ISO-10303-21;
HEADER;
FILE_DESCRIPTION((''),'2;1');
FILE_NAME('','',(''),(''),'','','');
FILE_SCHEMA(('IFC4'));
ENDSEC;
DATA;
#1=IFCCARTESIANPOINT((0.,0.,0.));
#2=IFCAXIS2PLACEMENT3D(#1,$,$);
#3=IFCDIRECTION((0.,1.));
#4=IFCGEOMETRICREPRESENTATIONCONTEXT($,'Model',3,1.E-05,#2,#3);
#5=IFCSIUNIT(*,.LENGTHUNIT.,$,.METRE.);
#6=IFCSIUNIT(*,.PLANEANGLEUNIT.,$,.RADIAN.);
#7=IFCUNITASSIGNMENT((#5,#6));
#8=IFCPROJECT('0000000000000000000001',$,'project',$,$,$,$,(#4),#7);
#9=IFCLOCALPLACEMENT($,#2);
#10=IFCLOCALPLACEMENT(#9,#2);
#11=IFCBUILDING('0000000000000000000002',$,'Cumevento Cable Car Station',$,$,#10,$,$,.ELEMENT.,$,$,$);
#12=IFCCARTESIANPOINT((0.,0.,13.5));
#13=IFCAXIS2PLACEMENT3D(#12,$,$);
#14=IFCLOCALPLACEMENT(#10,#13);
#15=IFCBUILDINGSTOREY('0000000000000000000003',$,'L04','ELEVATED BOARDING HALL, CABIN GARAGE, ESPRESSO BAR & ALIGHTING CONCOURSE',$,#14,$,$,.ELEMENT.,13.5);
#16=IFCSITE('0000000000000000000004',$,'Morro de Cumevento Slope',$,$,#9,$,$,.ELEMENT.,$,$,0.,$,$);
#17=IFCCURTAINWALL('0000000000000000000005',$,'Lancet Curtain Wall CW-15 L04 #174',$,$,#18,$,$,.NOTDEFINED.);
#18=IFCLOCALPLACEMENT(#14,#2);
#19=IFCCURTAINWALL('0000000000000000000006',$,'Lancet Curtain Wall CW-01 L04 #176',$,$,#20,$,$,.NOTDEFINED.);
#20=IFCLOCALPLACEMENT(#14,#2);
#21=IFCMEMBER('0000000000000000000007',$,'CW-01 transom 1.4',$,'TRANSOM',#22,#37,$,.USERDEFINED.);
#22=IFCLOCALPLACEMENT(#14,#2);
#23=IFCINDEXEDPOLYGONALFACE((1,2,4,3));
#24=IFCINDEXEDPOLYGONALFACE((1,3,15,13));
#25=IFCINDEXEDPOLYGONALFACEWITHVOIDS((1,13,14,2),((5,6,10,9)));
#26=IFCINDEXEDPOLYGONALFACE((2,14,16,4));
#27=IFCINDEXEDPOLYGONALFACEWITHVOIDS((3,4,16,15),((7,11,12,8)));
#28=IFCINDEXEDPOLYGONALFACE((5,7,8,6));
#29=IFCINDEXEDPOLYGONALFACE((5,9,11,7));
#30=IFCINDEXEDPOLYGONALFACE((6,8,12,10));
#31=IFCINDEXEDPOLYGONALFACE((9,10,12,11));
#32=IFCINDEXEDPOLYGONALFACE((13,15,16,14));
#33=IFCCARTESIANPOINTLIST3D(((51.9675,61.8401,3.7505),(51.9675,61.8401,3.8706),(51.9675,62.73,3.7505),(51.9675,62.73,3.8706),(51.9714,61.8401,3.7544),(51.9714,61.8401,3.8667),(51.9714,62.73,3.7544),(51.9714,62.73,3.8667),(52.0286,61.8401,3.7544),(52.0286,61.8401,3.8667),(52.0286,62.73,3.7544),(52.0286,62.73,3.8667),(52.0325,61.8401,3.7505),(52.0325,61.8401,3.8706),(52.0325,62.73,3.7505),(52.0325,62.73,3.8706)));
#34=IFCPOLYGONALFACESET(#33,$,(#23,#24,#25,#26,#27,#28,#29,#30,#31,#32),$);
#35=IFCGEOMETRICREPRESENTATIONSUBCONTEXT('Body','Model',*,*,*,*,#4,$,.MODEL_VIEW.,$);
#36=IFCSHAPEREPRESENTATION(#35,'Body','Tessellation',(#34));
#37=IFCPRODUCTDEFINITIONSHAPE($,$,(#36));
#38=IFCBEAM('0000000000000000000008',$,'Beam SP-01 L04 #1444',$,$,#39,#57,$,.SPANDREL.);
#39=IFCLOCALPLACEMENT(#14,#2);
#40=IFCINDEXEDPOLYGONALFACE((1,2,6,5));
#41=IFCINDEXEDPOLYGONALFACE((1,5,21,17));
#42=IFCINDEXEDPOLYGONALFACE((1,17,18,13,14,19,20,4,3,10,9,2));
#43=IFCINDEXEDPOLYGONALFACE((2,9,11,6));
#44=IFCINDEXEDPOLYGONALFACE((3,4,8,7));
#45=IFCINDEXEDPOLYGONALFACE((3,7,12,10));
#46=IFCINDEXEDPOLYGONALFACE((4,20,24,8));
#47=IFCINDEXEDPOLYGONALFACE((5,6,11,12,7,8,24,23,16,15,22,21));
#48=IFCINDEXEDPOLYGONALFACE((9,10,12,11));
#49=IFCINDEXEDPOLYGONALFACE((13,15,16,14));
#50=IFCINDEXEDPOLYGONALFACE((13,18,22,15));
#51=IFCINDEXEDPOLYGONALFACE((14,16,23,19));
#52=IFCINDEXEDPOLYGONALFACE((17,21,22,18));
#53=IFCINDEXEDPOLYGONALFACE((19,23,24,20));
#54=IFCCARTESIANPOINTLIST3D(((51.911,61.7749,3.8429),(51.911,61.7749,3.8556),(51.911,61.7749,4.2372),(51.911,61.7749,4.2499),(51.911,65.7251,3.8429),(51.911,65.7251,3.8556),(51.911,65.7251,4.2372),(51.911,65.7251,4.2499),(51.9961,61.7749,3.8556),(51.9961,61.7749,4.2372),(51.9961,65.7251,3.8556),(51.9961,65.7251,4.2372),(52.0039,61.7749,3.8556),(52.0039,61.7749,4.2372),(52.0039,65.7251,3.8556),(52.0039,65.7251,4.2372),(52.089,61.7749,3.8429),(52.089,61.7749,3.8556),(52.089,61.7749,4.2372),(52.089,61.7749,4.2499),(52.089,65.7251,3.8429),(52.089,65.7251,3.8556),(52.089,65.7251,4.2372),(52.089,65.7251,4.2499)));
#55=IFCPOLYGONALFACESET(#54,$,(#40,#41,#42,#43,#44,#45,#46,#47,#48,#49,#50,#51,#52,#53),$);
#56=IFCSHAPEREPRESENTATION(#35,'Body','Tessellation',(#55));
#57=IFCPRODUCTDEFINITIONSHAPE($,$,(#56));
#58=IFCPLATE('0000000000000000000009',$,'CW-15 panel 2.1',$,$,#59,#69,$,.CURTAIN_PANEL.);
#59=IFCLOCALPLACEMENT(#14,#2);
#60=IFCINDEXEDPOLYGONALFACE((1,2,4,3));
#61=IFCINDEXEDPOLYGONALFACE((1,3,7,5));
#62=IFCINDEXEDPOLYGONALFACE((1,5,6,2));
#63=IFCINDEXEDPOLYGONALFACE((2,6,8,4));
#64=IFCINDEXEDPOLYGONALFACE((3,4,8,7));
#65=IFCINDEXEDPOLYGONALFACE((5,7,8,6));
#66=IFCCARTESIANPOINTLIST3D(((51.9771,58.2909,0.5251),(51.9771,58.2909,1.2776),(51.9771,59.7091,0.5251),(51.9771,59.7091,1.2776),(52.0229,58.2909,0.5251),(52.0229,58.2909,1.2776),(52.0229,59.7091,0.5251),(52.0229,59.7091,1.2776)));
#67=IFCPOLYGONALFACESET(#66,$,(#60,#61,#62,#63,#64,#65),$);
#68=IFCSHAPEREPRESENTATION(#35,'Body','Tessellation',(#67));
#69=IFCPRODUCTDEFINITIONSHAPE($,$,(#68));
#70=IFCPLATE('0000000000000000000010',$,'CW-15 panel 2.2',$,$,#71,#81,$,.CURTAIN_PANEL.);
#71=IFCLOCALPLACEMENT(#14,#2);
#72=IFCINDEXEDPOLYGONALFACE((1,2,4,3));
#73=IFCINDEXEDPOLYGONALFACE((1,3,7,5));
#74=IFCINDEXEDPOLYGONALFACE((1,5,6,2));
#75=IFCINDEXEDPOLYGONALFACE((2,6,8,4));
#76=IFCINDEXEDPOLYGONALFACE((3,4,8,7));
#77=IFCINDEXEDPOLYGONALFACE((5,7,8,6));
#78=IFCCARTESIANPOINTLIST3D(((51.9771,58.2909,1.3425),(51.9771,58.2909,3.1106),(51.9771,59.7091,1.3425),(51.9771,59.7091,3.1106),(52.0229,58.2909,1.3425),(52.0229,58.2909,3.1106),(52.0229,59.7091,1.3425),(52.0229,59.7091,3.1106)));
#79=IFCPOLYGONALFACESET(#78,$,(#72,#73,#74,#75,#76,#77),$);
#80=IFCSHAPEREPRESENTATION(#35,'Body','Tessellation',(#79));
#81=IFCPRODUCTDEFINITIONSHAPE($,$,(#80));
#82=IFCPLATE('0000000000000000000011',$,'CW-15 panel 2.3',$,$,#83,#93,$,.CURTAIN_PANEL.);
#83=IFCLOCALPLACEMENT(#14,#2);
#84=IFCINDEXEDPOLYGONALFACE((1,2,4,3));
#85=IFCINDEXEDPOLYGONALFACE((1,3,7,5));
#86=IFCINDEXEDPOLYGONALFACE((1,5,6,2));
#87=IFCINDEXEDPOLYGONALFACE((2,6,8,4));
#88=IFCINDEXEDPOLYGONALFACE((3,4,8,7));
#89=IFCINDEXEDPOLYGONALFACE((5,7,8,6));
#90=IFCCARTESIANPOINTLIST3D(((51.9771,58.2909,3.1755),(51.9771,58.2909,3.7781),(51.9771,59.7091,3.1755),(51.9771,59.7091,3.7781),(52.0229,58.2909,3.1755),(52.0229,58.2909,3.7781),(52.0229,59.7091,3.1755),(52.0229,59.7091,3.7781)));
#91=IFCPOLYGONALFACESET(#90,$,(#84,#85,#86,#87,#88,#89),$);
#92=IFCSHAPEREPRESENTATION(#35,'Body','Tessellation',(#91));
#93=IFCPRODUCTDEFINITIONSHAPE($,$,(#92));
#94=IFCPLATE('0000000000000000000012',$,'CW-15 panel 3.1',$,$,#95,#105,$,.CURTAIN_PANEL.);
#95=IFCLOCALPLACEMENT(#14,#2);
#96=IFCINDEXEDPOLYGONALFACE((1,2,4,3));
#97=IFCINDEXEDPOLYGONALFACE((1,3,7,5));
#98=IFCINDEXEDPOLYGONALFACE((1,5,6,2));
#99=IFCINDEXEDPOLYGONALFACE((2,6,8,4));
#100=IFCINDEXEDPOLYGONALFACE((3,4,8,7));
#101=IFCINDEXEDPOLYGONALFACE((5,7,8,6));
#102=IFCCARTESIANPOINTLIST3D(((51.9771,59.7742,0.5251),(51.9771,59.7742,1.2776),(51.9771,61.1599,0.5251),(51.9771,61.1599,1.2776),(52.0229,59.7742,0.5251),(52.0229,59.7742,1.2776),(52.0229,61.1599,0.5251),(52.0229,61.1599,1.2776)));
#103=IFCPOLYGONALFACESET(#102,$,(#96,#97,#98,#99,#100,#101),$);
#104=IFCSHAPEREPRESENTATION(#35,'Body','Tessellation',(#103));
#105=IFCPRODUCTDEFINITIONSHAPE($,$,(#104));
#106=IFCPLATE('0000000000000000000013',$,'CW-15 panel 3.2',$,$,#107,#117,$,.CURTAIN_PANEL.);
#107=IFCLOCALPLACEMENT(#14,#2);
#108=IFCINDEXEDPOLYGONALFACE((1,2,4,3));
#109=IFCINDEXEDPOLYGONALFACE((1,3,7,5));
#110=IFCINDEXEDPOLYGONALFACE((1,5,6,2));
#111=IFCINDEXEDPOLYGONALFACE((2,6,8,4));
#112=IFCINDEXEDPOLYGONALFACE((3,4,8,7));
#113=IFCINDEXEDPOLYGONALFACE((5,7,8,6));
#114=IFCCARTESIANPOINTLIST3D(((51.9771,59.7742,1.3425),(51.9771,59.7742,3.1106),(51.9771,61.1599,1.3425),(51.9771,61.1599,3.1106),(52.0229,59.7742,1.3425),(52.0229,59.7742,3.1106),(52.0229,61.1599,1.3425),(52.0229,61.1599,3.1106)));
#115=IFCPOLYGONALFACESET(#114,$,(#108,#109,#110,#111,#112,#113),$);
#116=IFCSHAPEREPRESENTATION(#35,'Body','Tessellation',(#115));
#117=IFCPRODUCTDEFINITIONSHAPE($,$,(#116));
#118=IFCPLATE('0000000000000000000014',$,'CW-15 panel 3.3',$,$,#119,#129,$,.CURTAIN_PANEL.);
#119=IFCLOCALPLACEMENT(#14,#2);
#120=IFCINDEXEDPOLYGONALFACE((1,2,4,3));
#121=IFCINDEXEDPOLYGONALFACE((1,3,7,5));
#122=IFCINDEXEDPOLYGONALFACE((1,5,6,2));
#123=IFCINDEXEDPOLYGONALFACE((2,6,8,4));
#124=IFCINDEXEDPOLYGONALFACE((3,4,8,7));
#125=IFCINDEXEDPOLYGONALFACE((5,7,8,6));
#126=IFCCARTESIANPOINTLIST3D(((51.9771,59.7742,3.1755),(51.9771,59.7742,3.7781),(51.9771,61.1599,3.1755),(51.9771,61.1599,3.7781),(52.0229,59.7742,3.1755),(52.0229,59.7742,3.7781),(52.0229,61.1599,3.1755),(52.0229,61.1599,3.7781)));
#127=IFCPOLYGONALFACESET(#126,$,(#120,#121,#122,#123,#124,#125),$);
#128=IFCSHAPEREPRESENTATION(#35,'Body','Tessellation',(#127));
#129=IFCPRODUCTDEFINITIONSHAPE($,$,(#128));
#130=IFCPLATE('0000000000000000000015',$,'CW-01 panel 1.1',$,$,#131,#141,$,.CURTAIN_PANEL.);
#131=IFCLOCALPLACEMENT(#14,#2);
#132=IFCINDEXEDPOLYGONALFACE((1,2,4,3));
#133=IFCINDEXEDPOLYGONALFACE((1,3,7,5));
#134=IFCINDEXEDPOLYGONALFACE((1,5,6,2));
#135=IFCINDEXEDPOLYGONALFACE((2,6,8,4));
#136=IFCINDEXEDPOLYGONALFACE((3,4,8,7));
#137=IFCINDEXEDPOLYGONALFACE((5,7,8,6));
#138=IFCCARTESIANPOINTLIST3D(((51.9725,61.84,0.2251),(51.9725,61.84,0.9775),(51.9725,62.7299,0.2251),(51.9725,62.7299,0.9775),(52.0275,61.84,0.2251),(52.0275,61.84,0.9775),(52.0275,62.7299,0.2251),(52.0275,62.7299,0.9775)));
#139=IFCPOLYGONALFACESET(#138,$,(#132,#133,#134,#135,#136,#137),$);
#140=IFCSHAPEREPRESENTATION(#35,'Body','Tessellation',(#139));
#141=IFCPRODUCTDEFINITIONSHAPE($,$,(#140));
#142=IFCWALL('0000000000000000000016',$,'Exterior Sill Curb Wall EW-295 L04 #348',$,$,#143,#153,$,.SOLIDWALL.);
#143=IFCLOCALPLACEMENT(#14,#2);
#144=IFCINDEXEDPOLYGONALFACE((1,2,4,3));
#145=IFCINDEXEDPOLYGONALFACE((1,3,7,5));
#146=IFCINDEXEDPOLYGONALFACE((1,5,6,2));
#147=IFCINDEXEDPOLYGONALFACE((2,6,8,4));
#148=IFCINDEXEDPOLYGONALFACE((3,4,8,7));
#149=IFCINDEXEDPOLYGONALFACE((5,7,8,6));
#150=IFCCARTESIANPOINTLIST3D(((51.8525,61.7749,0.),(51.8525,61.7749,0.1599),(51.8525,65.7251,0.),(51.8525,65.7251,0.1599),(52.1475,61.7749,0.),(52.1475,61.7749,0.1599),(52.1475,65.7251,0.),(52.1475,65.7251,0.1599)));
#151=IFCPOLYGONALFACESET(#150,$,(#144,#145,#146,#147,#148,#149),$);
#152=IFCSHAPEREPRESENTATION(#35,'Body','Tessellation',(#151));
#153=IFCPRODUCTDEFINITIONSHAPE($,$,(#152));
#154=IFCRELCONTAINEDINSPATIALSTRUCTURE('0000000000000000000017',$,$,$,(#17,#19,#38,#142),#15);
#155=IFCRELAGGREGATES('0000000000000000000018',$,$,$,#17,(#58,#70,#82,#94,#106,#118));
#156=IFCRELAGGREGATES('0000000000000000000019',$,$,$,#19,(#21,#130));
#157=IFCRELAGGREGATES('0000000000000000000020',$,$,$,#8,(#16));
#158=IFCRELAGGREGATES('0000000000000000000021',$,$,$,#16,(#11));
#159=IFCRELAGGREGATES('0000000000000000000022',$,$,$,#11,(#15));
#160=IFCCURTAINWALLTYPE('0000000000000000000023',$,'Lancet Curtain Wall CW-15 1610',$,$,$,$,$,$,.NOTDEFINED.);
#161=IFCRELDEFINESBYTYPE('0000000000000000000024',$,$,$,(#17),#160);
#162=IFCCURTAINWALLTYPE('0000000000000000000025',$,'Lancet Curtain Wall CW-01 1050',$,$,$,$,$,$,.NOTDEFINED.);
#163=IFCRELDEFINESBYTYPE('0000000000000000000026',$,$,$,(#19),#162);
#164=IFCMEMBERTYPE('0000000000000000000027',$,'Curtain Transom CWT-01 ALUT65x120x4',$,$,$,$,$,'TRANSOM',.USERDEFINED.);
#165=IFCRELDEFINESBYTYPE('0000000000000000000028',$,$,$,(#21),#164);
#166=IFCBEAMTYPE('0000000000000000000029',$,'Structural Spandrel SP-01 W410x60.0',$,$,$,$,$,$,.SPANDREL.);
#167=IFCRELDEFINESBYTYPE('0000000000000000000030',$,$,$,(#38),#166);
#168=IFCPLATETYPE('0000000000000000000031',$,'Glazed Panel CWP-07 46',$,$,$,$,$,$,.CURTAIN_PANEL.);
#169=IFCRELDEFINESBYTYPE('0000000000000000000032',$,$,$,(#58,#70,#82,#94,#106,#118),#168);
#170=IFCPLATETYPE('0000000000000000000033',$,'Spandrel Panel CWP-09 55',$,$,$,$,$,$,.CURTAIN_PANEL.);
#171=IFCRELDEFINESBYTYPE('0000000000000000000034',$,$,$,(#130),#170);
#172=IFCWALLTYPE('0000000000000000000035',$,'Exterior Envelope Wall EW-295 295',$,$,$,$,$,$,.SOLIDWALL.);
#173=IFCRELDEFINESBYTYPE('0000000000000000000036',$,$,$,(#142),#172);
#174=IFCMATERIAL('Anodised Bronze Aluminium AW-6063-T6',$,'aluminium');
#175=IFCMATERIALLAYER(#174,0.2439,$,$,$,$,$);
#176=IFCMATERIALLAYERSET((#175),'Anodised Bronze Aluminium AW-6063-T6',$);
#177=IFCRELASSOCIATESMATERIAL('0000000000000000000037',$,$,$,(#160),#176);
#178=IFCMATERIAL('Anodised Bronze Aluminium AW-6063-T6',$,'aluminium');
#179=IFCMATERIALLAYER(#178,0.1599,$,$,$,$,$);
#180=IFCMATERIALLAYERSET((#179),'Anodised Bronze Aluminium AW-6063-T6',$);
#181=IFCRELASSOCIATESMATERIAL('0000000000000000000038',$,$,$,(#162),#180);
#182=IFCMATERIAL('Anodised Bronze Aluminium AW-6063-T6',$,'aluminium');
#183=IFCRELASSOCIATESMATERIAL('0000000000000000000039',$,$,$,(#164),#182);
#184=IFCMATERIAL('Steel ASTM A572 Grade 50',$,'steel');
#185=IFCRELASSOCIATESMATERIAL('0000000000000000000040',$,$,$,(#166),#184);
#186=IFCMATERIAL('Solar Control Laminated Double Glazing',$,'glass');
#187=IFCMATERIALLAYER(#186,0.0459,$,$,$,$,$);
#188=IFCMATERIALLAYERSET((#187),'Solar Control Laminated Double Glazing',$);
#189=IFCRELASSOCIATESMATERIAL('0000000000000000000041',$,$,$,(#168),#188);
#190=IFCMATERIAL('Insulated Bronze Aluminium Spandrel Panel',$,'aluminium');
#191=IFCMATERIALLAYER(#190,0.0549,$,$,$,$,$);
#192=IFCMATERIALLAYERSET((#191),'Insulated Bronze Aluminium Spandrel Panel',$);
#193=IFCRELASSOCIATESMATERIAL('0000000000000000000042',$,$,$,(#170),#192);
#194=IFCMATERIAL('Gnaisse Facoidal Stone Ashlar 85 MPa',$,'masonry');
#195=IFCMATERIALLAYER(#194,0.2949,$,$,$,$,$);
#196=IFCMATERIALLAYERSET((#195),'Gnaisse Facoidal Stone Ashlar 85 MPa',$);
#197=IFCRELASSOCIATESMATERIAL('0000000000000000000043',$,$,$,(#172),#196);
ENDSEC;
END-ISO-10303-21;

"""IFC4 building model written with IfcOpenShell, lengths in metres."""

from ifc_helpers import new_model, si_unit, direction, frame, frame_2d, origin, origin_2d, place, context, subcontext, project, spatial, rectangle, hollow_rectangle, i_section, extrude, material, layer, layer_set, material_profile, profile_set, type_object, element, aggregate, save


model = new_model("IFC4")

# Units and contexts
model_context = context("Model", 3, precision=1e-05, world=origin(), true_north=direction((0.0, 1.0)))
body_context = subcontext(model_context, "Body", "Model", "MODEL_VIEW")
ifc_project = project(units=[si_unit("LENGTHUNIT", "METRE"), si_unit("PLANEANGLEUNIT", "RADIAN")], contexts=[model_context])

# Site, building, storey
site_placement = place(None, origin())
site = spatial("IfcSite", under=ifc_project, at=site_placement, Name="Morro de Cumevento Slope", CompositionType="ELEMENT", RefElevation=0.0)
building_placement = place(site_placement, origin())
building = spatial("IfcBuilding", under=site, at=building_placement, Name="Cumevento Cable Car Station", CompositionType="ELEMENT")
storey_placement = place(building_placement, frame((0.0, 0.0, 13.5)))
storey = spatial("IfcBuildingStorey", under=building, at=storey_placement, Name="L04", Description="ELEVATED BOARDING HALL, CABIN GARAGE, ESPRESSO BAR & ALIGHTING CONCOURSE", CompositionType="ELEMENT", Elevation=13.5)

# Curtain wall
ifc_material_1 = material(Name="Anodised Bronze Aluminium AW-6063-T6", Category="aluminium")
ifc_layer_1 = layer(ifc_material_1, 0.2439)
ifc_layer_set_1 = layer_set([ifc_layer_1], Name="Anodised Bronze Aluminium AW-6063-T6")
curtain_wall_type_1 = type_object("IfcCurtainWallType", Name="Lancet Curtain Wall CW-15 1610", PredefinedType="NOTDEFINED", material=ifc_layer_set_1)
curtain_wall_1_placement = place(storey_placement, origin())
curtain_wall_1 = element("IfcCurtainWall", 1, at=curtain_wall_1_placement, inside=storey, type_object=curtain_wall_type_1, Name="Lancet Curtain Wall CW-15 L04 #174", PredefinedType="NOTDEFINED")

# Curtain wall
ifc_material_2 = material(Name="Anodised Bronze Aluminium AW-6063-T6", Category="aluminium")
ifc_layer_2 = layer(ifc_material_2, 0.1599)
ifc_layer_set_2 = layer_set([ifc_layer_2], Name="Anodised Bronze Aluminium AW-6063-T6")
curtain_wall_type_2 = type_object("IfcCurtainWallType", Name="Lancet Curtain Wall CW-01 1050", PredefinedType="NOTDEFINED", material=ifc_layer_set_2)
curtain_wall_2_placement = place(storey_placement, origin())
curtain_wall_2 = element("IfcCurtainWall", 2, at=curtain_wall_2_placement, inside=storey, type_object=curtain_wall_type_2, Name="Lancet Curtain Wall CW-01 L04 #176", PredefinedType="NOTDEFINED")

# Member
ifc_material_3 = material(Name="Anodised Bronze Aluminium AW-6063-T6", Category="aluminium")
ifc_material_profile_1 = material_profile(ifc_material_3, hollow_rectangle(XDim=0.0649, YDim=0.1201, WallThickness=0.0039, at=origin_2d()), Name="ALUT65x120x4")
ifc_profile_set_1 = profile_set([ifc_material_profile_1], Name="Anodised Bronze Aluminium AW-6063-T6")
member_type_1 = type_object("IfcMemberType", Name="Curtain Transom CWT-01 ALUT65x120x4", ElementType="TRANSOM", PredefinedType="USERDEFINED", material=ifc_profile_set_1)
member_1_placement = place(storey_placement, frame((52.0, 61.8401, 3.8105), z_axis=(0.0, 1.0, 0.0), x_axis=(-1.0, 0.0, 0.0)))
member_1 = element("IfcMember", 3, at=member_1_placement, type_object=member_type_1, Name="CW-01 transom 1.4", ObjectType="TRANSOM", PredefinedType="USERDEFINED", context=body_context, shape_type="SweptSolid", body=[
    extrude(hollow_rectangle(XDim=0.0649, YDim=0.1201, WallThickness=0.0039, at=origin_2d()), origin(), (0.0, 0.0, 1.0), 0.8899),
])

# Beam
ifc_material_4 = material(Name="Steel ASTM A572 Grade 50", Category="steel")
ifc_material_profile_2 = material_profile(ifc_material_4, i_section(OverallWidth=0.178, OverallDepth=0.407, WebThickness=0.0078, FlangeThickness=0.0127, at=origin_2d()), Name="W410x60.0")
ifc_profile_set_2 = profile_set([ifc_material_profile_2], Name="Steel ASTM A572 Grade 50")
beam_type = type_object("IfcBeamType", Name="Structural Spandrel SP-01 W410x60.0", PredefinedType="SPANDREL", material=ifc_profile_set_2)
beam_placement = place(storey_placement, frame((52.0, 61.7749, 4.0464), z_axis=(0.0, 1.0, 0.0), x_axis=(-1.0, 0.0, 0.0)))
element("IfcBeam", 4, at=beam_placement, inside=storey, type_object=beam_type, Name="Beam SP-01 L04 #1444", PredefinedType="SPANDREL", context=body_context, shape_type="SweptSolid", body=[
    extrude(i_section(OverallWidth=0.178, OverallDepth=0.407, WebThickness=0.0078, FlangeThickness=0.0127, at=origin_2d()), origin(), (0.0, 0.0, 1.0), 3.9502),
])

# Plates
ifc_material_5 = material(Name="Solar Control Laminated Double Glazing", Category="glass")
ifc_layer_3 = layer(ifc_material_5, 0.0459)
ifc_layer_set_3 = layer_set([ifc_layer_3], Name="Solar Control Laminated Double Glazing")
plate_type_1 = type_object("IfcPlateType", Name="Glazed Panel CWP-07 46", PredefinedType="CURTAIN_PANEL", material=ifc_layer_set_3)
plate_1_placement = place(storey_placement, frame((52.0, 59.0, 0.5251), z_axis=(0.0, 0.0, 1.0), x_axis=(0.0, 1.0, 0.0)))
plate_1 = element("IfcPlate", 5, at=plate_1_placement, type_object=plate_type_1, Name="CW-15 panel 2.1", PredefinedType="CURTAIN_PANEL", context=body_context, shape_type="SweptSolid", body=[
    extrude(rectangle(XDim=1.4182, YDim=0.0459, at=origin_2d()), origin(), (0.0, 0.0, 1.0), 0.7524),
])
plate_2_placement = place(storey_placement, frame((52.0, 59.0, 1.3425), z_axis=(0.0, 0.0, 1.0), x_axis=(0.0, 1.0, 0.0)))
plate_2 = element("IfcPlate", 6, at=plate_2_placement, type_object=plate_type_1, Name="CW-15 panel 2.2", PredefinedType="CURTAIN_PANEL", context=body_context, shape_type="SweptSolid", body=[
    extrude(rectangle(XDim=1.4182, YDim=0.0459, at=origin_2d()), origin(), (0.0, 0.0, 1.0), 1.7681),
])
plate_3_placement = place(storey_placement, frame((52.0, 59.0, 3.1755), z_axis=(0.0, 0.0, 1.0), x_axis=(0.0, 1.0, 0.0)))
plate_3 = element("IfcPlate", 7, at=plate_3_placement, type_object=plate_type_1, Name="CW-15 panel 2.3", PredefinedType="CURTAIN_PANEL", context=body_context, shape_type="SweptSolid", body=[
    extrude(rectangle(XDim=1.4182, YDim=0.0459, at=origin_2d()), origin(), (0.0, 0.0, 1.0), 0.6025),
])
plate_4_placement = place(storey_placement, frame((52.0, 60.467, 0.5251), z_axis=(0.0, 0.0, 1.0), x_axis=(0.0, 1.0, 0.0)))
plate_4 = element("IfcPlate", 8, at=plate_4_placement, type_object=plate_type_1, Name="CW-15 panel 3.1", PredefinedType="CURTAIN_PANEL", context=body_context, shape_type="SweptSolid", body=[
    extrude(rectangle(XDim=1.3857, YDim=0.0459, at=origin_2d()), origin(), (0.0, 0.0, 1.0), 0.7524),
])
plate_5_placement = place(storey_placement, frame((52.0, 60.467, 1.3425), z_axis=(0.0, 0.0, 1.0), x_axis=(0.0, 1.0, 0.0)))
plate_5 = element("IfcPlate", 9, at=plate_5_placement, type_object=plate_type_1, Name="CW-15 panel 3.2", PredefinedType="CURTAIN_PANEL", context=body_context, shape_type="SweptSolid", body=[
    extrude(rectangle(XDim=1.3857, YDim=0.0459, at=origin_2d()), origin(), (0.0, 0.0, 1.0), 1.7681),
])
plate_6_placement = place(storey_placement, frame((52.0, 60.467, 3.1755), z_axis=(0.0, 0.0, 1.0), x_axis=(0.0, 1.0, 0.0)))
plate_6 = element("IfcPlate", 10, at=plate_6_placement, type_object=plate_type_1, Name="CW-15 panel 3.3", PredefinedType="CURTAIN_PANEL", context=body_context, shape_type="SweptSolid", body=[
    extrude(rectangle(XDim=1.3857, YDim=0.0459, at=origin_2d()), origin(), (0.0, 0.0, 1.0), 0.6025),
])
aggregate(curtain_wall_1, [plate_1, plate_2, plate_3, plate_4, plate_5, plate_6])
ifc_material_6 = material(Name="Insulated Bronze Aluminium Spandrel Panel", Category="aluminium")
ifc_layer_4 = layer(ifc_material_6, 0.0549)
ifc_layer_set_4 = layer_set([ifc_layer_4], Name="Insulated Bronze Aluminium Spandrel Panel")
plate_type_2 = type_object("IfcPlateType", Name="Spandrel Panel CWP-09 55", PredefinedType="CURTAIN_PANEL", material=ifc_layer_set_4)
plate_7_placement = place(storey_placement, frame((52.0, 62.2849, 0.2251), z_axis=(0.0, 0.0, 1.0), x_axis=(0.0, 1.0, 0.0)))
plate_7 = element("IfcPlate", 11, at=plate_7_placement, type_object=plate_type_2, Name="CW-01 panel 1.1", PredefinedType="CURTAIN_PANEL", context=body_context, shape_type="SweptSolid", body=[
    extrude(rectangle(XDim=0.8899, YDim=0.0549, at=origin_2d()), origin(), (0.0, 0.0, 1.0), 0.7524),
])
aggregate(curtain_wall_2, [member_1, plate_7])

# Wall
ifc_material_7 = material(Name="Gnaisse Facoidal Stone Ashlar 85 MPa", Category="masonry")
ifc_layer_5 = layer(ifc_material_7, 0.2949)
ifc_layer_set_5 = layer_set([ifc_layer_5], Name="Gnaisse Facoidal Stone Ashlar 85 MPa")
wall_type = type_object("IfcWallType", Name="Exterior Envelope Wall EW-295 295", PredefinedType="SOLIDWALL", material=ifc_layer_set_5)
wall_placement = place(storey_placement, frame((52.0, 61.7749, 0.0), z_axis=(0.0, 0.0, 1.0), x_axis=(0.0, 1.0, 0.0)))
element("IfcWall", 12, at=wall_placement, inside=storey, type_object=wall_type, Name="Exterior Sill Curb Wall EW-295 L04 #348", PredefinedType="SOLIDWALL", context=body_context, shape_type="SweptSolid", body=[
    extrude(rectangle(XDim=3.9502, YDim=0.2949, at=frame_2d((1.9751, 0.0))), origin(), (0.0, 0.0, 1.0), 0.1599),
])

save(model, "model.ifc")
